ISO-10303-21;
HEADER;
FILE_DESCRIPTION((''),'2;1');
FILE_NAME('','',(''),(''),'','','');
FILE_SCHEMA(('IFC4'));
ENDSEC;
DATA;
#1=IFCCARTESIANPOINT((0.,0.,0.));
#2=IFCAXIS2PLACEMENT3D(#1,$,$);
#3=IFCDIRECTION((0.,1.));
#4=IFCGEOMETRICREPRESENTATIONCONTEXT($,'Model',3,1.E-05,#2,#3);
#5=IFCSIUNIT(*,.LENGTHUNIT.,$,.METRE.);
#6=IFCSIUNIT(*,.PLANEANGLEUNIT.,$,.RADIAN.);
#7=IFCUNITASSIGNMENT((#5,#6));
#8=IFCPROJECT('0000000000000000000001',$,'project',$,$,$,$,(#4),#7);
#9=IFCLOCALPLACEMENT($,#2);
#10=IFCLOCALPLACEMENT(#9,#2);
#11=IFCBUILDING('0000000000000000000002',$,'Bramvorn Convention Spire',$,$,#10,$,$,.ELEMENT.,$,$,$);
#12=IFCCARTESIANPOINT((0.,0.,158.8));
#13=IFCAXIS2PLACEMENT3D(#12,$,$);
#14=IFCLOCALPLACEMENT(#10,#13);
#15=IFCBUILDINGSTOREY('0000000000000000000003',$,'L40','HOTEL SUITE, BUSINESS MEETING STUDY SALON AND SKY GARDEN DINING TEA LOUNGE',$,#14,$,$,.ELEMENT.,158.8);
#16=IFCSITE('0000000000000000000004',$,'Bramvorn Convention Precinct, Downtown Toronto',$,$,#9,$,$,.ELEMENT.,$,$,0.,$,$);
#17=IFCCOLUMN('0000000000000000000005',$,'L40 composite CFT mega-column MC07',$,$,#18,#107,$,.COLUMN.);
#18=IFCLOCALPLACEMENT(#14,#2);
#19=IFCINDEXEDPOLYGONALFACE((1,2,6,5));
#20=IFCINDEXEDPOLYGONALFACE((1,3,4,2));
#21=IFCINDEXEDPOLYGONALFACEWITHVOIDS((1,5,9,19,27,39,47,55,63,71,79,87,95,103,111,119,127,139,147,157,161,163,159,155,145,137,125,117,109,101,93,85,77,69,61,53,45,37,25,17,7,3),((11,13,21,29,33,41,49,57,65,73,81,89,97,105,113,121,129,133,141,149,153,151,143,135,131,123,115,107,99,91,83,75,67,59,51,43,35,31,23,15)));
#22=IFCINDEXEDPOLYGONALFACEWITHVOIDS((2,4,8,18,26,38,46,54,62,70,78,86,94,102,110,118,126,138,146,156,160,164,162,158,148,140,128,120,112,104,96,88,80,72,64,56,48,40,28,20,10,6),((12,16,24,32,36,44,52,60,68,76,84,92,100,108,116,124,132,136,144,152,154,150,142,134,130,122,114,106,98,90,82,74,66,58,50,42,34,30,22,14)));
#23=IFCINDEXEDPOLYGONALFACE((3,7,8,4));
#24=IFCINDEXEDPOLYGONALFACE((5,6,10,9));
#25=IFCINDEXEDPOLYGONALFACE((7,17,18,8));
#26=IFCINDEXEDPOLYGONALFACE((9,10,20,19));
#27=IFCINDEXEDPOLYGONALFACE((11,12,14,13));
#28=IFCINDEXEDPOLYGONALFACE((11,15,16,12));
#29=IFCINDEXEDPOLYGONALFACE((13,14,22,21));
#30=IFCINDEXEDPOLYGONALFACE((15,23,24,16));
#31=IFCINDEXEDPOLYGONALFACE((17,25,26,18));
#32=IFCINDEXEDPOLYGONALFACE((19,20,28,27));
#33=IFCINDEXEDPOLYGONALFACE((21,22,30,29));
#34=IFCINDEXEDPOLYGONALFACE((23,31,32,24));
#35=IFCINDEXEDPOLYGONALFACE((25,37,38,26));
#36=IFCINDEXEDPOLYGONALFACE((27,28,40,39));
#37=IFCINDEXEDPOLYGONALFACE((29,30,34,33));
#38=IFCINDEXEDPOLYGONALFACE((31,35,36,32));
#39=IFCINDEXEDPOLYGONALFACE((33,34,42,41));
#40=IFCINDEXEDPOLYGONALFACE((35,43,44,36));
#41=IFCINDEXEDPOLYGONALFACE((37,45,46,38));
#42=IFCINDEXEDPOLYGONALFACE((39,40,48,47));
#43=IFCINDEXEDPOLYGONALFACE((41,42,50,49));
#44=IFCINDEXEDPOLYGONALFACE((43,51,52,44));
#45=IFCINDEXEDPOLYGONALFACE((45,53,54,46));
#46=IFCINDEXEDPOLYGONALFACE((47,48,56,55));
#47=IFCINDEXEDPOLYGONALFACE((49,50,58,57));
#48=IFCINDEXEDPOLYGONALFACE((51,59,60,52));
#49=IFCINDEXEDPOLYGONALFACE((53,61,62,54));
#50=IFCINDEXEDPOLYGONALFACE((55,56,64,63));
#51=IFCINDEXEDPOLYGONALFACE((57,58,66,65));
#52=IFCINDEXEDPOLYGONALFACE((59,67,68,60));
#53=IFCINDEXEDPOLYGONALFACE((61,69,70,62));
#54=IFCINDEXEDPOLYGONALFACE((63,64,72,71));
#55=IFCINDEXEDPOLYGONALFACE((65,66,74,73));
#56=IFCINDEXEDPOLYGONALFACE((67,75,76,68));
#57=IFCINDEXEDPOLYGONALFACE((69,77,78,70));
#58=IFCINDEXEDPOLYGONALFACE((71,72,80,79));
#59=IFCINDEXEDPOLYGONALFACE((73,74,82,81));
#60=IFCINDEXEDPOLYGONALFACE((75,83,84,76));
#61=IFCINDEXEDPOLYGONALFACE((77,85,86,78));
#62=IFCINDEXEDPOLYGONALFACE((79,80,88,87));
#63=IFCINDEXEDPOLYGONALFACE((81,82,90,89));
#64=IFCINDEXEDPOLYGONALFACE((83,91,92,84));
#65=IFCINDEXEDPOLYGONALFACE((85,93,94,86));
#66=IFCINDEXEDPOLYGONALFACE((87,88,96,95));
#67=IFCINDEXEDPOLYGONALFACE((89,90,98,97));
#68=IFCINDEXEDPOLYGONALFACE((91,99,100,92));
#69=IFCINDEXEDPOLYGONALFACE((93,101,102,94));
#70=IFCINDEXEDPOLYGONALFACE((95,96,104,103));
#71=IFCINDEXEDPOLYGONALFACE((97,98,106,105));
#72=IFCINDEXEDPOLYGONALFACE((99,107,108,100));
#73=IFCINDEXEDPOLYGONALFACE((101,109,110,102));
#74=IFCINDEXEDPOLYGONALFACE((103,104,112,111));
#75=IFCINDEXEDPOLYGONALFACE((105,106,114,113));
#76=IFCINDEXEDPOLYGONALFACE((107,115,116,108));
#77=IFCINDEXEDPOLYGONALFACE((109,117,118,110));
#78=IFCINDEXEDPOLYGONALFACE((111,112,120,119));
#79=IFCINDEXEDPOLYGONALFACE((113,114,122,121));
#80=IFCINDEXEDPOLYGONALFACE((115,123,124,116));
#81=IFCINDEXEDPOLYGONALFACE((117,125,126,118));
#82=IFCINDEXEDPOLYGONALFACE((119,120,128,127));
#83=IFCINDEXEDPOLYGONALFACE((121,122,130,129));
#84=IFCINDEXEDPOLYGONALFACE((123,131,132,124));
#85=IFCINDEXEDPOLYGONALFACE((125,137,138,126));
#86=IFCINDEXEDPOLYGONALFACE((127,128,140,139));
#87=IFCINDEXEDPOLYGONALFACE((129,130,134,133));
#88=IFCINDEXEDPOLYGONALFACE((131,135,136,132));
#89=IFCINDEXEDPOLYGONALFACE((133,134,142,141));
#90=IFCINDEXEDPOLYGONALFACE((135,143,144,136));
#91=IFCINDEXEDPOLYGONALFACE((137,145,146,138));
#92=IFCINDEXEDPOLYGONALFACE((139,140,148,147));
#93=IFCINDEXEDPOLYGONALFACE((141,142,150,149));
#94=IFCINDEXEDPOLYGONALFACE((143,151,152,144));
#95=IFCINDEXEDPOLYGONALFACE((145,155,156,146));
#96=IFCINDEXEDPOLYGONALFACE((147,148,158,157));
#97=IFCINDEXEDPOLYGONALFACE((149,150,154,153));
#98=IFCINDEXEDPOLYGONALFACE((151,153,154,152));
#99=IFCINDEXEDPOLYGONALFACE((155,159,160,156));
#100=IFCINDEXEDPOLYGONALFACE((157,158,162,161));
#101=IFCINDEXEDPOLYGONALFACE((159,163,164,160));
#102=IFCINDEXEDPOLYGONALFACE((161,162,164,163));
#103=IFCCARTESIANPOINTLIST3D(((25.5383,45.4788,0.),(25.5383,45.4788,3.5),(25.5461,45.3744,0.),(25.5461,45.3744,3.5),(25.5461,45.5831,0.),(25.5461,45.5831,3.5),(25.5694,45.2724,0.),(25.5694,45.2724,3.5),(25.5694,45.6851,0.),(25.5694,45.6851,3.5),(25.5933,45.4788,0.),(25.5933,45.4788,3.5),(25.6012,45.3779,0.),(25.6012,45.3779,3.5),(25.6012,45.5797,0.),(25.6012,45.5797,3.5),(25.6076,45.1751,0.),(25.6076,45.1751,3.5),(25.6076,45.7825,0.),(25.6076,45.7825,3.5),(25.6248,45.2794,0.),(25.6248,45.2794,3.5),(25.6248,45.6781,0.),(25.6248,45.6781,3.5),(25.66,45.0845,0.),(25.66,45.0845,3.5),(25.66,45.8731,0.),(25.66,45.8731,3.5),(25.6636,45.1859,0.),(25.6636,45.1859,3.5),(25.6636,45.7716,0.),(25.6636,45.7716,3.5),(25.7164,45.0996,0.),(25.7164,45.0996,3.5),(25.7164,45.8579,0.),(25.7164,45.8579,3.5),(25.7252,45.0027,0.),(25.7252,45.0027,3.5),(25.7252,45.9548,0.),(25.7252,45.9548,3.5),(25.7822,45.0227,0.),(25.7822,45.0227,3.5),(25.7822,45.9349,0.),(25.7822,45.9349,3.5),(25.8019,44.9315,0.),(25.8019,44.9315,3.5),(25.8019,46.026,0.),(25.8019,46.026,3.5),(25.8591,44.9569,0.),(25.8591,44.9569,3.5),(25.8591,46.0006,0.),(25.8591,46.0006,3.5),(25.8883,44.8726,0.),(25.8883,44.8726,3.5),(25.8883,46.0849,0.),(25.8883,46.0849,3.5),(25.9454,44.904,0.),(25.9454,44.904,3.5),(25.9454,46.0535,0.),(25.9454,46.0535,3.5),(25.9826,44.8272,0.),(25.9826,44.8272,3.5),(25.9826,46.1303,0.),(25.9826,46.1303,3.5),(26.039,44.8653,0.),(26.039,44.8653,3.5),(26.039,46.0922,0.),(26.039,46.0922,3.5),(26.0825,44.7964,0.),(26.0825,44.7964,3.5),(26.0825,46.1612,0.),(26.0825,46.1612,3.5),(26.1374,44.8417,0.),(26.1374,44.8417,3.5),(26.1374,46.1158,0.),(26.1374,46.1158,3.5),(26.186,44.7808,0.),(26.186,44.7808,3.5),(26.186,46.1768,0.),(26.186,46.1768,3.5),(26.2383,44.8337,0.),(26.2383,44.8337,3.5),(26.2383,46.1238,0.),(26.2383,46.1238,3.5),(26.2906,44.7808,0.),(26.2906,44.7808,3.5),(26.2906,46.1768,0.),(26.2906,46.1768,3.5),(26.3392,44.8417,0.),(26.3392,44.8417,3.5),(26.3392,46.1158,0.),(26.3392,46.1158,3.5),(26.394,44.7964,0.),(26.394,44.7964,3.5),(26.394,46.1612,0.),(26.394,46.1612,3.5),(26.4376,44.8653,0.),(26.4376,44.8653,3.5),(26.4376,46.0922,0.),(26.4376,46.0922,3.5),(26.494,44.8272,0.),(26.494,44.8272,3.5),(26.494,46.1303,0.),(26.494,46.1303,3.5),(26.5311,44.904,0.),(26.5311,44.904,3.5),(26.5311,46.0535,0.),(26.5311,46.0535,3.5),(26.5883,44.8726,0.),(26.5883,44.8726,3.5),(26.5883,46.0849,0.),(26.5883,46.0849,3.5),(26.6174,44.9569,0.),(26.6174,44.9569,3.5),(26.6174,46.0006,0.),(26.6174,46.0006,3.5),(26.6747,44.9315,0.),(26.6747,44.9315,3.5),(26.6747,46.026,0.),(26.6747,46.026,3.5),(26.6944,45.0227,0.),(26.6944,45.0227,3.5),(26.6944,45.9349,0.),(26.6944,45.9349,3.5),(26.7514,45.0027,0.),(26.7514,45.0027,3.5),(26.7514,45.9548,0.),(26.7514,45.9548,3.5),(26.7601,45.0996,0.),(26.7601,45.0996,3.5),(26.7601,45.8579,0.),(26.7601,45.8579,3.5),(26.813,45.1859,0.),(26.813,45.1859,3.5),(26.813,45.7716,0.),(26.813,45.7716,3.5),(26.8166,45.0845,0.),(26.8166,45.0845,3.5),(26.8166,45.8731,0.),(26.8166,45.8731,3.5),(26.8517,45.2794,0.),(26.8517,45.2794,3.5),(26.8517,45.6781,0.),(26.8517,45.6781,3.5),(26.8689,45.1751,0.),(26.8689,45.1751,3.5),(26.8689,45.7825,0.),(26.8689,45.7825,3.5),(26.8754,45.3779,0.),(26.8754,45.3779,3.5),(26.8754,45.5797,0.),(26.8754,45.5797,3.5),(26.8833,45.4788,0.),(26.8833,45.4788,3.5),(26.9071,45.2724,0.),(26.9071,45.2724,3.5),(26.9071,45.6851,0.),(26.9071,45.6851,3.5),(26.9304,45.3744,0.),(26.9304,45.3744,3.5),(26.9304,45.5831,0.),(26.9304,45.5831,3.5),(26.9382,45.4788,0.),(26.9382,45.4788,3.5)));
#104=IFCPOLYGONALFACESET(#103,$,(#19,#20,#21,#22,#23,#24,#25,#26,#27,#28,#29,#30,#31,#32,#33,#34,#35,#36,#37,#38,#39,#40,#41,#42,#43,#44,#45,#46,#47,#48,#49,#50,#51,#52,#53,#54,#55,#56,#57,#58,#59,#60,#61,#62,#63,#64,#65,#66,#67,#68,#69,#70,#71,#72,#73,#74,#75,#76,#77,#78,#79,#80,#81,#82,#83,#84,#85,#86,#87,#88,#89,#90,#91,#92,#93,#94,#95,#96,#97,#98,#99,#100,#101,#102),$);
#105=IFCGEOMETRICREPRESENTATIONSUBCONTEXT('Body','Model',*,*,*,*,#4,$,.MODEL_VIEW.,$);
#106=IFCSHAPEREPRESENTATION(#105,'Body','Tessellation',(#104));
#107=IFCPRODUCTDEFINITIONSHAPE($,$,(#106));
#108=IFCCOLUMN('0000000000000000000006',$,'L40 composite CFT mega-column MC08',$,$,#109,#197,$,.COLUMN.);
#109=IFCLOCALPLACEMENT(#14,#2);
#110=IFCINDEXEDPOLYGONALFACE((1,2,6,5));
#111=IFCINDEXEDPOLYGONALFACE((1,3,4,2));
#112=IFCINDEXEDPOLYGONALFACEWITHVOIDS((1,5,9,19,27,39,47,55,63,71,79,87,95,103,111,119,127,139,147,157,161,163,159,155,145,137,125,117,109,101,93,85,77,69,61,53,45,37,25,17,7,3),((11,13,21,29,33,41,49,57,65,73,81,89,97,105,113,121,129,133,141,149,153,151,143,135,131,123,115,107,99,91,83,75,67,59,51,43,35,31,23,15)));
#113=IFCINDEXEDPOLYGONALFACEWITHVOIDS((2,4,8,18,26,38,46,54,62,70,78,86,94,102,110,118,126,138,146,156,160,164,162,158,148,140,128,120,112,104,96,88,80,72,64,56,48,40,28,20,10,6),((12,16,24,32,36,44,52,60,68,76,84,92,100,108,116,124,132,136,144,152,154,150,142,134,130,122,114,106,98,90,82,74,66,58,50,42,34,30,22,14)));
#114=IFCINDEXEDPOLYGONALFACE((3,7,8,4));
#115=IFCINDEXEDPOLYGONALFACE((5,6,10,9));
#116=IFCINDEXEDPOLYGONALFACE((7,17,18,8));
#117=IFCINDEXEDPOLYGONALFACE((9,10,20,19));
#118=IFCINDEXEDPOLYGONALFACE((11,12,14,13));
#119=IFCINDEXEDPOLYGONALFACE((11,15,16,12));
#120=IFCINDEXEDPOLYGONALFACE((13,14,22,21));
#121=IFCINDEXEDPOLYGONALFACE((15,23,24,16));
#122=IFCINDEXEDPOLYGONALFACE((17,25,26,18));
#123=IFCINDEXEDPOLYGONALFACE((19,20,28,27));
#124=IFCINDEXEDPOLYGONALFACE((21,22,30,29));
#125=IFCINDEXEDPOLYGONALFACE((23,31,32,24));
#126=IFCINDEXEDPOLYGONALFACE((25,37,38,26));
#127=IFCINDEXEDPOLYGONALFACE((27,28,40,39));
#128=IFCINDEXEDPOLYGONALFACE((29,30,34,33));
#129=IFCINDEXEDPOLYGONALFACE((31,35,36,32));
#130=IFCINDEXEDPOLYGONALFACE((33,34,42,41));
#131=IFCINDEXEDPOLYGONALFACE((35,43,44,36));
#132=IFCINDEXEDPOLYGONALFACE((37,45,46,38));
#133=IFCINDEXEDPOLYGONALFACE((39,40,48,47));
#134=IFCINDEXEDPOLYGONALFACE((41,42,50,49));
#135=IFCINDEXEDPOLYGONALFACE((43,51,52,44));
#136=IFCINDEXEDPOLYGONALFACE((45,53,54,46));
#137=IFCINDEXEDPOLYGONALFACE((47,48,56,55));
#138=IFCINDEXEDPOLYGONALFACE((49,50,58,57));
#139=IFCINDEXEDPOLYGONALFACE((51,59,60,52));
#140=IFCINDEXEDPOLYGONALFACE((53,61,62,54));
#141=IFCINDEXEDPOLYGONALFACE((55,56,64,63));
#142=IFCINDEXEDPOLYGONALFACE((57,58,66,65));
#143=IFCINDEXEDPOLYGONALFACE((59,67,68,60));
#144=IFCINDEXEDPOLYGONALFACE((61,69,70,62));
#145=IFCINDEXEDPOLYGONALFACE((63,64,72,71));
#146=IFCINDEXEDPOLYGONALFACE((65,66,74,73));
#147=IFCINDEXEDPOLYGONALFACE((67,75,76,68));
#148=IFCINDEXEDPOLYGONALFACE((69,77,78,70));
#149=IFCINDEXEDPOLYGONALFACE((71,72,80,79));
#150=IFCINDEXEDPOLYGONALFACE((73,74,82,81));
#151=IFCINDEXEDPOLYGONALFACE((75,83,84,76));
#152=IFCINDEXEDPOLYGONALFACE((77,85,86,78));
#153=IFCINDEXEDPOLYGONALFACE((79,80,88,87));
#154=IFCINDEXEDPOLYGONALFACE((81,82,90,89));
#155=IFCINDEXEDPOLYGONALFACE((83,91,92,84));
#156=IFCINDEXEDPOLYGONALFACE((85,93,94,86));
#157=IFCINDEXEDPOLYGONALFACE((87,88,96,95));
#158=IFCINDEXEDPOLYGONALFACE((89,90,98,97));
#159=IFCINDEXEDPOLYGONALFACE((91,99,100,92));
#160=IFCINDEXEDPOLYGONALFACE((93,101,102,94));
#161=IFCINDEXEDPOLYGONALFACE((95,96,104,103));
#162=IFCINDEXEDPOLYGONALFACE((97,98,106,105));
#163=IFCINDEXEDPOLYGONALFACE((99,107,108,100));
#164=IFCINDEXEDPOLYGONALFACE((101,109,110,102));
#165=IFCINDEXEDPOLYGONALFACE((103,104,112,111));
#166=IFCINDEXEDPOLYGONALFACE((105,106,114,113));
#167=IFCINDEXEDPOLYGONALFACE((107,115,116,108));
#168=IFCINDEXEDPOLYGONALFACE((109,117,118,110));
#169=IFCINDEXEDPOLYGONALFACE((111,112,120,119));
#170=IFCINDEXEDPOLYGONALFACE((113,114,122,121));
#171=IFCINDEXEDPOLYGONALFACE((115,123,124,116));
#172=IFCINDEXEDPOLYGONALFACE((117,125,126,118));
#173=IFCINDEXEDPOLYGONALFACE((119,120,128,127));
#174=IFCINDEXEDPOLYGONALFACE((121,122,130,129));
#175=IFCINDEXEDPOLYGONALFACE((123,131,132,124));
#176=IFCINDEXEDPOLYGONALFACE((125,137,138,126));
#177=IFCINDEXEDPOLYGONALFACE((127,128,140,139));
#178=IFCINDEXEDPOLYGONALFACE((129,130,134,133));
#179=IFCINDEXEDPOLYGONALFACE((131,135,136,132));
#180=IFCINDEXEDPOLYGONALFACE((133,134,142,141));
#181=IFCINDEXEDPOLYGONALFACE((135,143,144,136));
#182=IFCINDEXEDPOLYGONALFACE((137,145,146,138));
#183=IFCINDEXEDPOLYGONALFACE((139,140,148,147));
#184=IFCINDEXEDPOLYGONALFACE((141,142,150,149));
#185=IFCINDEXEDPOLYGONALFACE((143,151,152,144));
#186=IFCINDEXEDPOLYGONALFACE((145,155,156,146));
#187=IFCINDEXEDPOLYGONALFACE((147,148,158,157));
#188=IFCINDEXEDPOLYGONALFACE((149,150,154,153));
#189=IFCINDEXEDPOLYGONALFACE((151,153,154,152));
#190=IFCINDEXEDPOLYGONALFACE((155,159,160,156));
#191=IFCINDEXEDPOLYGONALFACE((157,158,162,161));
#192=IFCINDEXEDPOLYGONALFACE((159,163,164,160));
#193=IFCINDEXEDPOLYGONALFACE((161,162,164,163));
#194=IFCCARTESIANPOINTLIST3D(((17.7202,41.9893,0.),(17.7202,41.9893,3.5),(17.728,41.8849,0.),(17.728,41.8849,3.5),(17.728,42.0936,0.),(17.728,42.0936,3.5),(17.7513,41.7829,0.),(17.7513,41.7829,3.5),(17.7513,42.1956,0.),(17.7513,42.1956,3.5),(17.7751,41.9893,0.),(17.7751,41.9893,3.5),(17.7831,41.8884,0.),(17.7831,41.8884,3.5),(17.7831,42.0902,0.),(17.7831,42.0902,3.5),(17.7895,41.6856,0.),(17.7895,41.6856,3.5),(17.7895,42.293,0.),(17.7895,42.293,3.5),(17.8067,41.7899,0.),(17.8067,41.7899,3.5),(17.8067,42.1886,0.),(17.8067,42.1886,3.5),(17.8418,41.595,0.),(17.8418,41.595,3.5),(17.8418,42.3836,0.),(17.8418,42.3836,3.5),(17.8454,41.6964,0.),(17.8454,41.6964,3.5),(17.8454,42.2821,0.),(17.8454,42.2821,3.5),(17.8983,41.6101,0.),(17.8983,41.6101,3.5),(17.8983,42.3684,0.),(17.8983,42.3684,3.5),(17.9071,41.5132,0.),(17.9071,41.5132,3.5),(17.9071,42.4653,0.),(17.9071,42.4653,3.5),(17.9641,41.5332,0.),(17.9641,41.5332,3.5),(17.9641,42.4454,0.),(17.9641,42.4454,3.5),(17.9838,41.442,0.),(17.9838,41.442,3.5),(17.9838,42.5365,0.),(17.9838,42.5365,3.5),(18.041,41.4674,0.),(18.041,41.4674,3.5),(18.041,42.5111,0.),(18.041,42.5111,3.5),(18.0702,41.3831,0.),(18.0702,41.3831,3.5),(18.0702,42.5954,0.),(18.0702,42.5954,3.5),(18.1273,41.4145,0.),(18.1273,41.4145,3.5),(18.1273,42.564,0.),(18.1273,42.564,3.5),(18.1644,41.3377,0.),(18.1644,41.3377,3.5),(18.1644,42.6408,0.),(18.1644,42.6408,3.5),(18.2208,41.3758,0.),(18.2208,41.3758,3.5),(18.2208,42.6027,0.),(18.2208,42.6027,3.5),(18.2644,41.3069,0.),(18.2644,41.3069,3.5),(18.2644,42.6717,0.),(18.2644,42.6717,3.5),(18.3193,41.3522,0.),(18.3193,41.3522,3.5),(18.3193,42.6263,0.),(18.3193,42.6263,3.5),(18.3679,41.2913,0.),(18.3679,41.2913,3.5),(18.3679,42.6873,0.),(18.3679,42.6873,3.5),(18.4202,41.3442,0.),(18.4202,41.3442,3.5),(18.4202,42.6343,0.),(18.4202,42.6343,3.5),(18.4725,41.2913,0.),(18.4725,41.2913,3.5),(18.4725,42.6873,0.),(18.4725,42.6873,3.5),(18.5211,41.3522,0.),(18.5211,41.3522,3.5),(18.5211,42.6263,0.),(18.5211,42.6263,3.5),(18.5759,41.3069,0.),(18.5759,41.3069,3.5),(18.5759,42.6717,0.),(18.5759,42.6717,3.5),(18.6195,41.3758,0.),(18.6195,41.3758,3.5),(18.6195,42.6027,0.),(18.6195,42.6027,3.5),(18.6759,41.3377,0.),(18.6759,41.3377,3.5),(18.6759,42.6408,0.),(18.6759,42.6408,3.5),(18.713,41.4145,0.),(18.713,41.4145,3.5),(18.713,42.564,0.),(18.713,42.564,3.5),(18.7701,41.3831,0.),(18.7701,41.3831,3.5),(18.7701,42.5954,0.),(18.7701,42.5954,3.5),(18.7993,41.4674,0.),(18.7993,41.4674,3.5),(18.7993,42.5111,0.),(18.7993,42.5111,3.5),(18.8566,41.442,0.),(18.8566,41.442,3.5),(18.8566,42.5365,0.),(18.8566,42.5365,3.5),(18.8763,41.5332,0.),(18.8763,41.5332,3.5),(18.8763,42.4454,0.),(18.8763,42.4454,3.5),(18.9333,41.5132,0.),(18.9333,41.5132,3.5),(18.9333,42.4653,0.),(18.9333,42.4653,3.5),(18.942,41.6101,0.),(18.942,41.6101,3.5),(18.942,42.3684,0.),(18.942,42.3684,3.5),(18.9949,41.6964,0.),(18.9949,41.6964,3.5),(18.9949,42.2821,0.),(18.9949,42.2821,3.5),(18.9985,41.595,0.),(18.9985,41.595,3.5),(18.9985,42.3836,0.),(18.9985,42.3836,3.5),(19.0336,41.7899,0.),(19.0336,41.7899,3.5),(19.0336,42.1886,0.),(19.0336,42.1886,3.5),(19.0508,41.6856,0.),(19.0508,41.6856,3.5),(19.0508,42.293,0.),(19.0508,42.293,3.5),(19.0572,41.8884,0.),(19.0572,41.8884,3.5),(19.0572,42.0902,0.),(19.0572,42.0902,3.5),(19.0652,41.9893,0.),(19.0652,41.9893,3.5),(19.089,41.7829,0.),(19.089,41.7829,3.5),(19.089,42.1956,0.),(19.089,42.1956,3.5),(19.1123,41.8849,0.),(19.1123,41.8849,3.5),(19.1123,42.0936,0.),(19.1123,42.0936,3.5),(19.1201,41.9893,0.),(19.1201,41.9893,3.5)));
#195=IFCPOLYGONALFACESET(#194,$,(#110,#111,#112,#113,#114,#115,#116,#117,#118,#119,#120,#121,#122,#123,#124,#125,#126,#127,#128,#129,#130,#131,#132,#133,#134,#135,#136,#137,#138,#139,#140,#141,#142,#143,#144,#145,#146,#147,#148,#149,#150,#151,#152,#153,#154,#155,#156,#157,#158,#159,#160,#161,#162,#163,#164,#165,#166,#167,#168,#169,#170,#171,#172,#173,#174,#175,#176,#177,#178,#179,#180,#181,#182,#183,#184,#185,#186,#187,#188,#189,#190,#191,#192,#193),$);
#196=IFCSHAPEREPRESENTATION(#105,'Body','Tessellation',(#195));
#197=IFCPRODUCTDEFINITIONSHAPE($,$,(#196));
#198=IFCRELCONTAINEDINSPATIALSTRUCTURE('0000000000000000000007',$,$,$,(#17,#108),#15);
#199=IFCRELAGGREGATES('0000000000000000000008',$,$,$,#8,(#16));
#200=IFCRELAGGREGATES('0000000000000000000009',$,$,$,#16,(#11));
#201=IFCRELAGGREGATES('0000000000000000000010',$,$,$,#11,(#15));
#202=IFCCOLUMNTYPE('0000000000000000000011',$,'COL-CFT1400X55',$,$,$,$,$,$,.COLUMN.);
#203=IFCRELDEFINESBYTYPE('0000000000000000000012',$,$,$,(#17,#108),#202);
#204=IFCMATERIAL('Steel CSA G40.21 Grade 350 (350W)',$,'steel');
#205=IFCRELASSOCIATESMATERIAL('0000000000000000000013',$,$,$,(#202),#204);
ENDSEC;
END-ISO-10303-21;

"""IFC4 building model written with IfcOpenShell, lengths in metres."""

from ifc_helpers import new_model, si_unit, direction, frame, origin, origin_2d, place, context, subcontext, project, spatial, hollow_circle, extrude, material, material_profile, profile_set, type_object, element, save


model = new_model("IFC4")

# Units and contexts
model_context = context("Model", 3, precision=1e-05, world=origin(), true_north=direction((0.0, 1.0)))
body_context = subcontext(model_context, "Body", "Model", "MODEL_VIEW")
ifc_project = project(units=[si_unit("LENGTHUNIT", "METRE"), si_unit("PLANEANGLEUNIT", "RADIAN")], contexts=[model_context])

# Site, building, storey
site_placement = place(None, origin())
site = spatial("IfcSite", under=ifc_project, at=site_placement, Name="Bramvorn Convention Precinct, Downtown Toronto", CompositionType="ELEMENT", RefElevation=0.0)
building_placement = place(site_placement, origin())
building = spatial("IfcBuilding", under=site, at=building_placement, Name="Bramvorn Convention Spire", CompositionType="ELEMENT")
storey_placement = place(building_placement, frame((0.0, 0.0, 158.8)))
storey = spatial("IfcBuildingStorey", under=building, at=storey_placement, Name="L40", Description="HOTEL SUITE, BUSINESS MEETING STUDY SALON AND SKY GARDEN DINING TEA LOUNGE", CompositionType="ELEMENT", Elevation=158.8)

# Columns
ifc_material_1 = material(Name="Steel CSA G40.21 Grade 350 (350W)", Category="steel")
ifc_material_profile_1 = material_profile(ifc_material_1, hollow_circle(Radius=0.7, WallThickness=0.0549, at=origin_2d()))
ifc_profile_set_1 = profile_set([ifc_material_profile_1], Name="Steel CSA G40.21 Grade 350 (350W) - CFT1400X55")
column_type = type_object("IfcColumnType", Name="COL-CFT1400X55", PredefinedType="COLUMN", material=ifc_profile_set_1)
for number, where, z_axis, x_axis, name in (
    (1, (26.2383, 45.4788, 0.0), (0.0, 0.0, 1.0), (1.0, 0.0, 0.0), "L40 composite CFT mega-column MC07"),
    (2, (18.4202, 41.9893, 0.0), (0.0, 0.0, 1.0), (1.0, 0.0, 0.0), "L40 composite CFT mega-column MC08"),
):
    element("IfcColumn", number, at=place(storey_placement, frame(where, z_axis=z_axis, x_axis=x_axis)), inside=storey, type_object=column_type, Name=name, PredefinedType="COLUMN", context=body_context, shape_type="SweptSolid", body=[
        extrude(hollow_circle(Radius=0.7, WallThickness=0.0549, at=origin_2d()), origin(), (0.0, 0.0, 1.0), 3.5),
    ])

save(model, "model.ifc")
